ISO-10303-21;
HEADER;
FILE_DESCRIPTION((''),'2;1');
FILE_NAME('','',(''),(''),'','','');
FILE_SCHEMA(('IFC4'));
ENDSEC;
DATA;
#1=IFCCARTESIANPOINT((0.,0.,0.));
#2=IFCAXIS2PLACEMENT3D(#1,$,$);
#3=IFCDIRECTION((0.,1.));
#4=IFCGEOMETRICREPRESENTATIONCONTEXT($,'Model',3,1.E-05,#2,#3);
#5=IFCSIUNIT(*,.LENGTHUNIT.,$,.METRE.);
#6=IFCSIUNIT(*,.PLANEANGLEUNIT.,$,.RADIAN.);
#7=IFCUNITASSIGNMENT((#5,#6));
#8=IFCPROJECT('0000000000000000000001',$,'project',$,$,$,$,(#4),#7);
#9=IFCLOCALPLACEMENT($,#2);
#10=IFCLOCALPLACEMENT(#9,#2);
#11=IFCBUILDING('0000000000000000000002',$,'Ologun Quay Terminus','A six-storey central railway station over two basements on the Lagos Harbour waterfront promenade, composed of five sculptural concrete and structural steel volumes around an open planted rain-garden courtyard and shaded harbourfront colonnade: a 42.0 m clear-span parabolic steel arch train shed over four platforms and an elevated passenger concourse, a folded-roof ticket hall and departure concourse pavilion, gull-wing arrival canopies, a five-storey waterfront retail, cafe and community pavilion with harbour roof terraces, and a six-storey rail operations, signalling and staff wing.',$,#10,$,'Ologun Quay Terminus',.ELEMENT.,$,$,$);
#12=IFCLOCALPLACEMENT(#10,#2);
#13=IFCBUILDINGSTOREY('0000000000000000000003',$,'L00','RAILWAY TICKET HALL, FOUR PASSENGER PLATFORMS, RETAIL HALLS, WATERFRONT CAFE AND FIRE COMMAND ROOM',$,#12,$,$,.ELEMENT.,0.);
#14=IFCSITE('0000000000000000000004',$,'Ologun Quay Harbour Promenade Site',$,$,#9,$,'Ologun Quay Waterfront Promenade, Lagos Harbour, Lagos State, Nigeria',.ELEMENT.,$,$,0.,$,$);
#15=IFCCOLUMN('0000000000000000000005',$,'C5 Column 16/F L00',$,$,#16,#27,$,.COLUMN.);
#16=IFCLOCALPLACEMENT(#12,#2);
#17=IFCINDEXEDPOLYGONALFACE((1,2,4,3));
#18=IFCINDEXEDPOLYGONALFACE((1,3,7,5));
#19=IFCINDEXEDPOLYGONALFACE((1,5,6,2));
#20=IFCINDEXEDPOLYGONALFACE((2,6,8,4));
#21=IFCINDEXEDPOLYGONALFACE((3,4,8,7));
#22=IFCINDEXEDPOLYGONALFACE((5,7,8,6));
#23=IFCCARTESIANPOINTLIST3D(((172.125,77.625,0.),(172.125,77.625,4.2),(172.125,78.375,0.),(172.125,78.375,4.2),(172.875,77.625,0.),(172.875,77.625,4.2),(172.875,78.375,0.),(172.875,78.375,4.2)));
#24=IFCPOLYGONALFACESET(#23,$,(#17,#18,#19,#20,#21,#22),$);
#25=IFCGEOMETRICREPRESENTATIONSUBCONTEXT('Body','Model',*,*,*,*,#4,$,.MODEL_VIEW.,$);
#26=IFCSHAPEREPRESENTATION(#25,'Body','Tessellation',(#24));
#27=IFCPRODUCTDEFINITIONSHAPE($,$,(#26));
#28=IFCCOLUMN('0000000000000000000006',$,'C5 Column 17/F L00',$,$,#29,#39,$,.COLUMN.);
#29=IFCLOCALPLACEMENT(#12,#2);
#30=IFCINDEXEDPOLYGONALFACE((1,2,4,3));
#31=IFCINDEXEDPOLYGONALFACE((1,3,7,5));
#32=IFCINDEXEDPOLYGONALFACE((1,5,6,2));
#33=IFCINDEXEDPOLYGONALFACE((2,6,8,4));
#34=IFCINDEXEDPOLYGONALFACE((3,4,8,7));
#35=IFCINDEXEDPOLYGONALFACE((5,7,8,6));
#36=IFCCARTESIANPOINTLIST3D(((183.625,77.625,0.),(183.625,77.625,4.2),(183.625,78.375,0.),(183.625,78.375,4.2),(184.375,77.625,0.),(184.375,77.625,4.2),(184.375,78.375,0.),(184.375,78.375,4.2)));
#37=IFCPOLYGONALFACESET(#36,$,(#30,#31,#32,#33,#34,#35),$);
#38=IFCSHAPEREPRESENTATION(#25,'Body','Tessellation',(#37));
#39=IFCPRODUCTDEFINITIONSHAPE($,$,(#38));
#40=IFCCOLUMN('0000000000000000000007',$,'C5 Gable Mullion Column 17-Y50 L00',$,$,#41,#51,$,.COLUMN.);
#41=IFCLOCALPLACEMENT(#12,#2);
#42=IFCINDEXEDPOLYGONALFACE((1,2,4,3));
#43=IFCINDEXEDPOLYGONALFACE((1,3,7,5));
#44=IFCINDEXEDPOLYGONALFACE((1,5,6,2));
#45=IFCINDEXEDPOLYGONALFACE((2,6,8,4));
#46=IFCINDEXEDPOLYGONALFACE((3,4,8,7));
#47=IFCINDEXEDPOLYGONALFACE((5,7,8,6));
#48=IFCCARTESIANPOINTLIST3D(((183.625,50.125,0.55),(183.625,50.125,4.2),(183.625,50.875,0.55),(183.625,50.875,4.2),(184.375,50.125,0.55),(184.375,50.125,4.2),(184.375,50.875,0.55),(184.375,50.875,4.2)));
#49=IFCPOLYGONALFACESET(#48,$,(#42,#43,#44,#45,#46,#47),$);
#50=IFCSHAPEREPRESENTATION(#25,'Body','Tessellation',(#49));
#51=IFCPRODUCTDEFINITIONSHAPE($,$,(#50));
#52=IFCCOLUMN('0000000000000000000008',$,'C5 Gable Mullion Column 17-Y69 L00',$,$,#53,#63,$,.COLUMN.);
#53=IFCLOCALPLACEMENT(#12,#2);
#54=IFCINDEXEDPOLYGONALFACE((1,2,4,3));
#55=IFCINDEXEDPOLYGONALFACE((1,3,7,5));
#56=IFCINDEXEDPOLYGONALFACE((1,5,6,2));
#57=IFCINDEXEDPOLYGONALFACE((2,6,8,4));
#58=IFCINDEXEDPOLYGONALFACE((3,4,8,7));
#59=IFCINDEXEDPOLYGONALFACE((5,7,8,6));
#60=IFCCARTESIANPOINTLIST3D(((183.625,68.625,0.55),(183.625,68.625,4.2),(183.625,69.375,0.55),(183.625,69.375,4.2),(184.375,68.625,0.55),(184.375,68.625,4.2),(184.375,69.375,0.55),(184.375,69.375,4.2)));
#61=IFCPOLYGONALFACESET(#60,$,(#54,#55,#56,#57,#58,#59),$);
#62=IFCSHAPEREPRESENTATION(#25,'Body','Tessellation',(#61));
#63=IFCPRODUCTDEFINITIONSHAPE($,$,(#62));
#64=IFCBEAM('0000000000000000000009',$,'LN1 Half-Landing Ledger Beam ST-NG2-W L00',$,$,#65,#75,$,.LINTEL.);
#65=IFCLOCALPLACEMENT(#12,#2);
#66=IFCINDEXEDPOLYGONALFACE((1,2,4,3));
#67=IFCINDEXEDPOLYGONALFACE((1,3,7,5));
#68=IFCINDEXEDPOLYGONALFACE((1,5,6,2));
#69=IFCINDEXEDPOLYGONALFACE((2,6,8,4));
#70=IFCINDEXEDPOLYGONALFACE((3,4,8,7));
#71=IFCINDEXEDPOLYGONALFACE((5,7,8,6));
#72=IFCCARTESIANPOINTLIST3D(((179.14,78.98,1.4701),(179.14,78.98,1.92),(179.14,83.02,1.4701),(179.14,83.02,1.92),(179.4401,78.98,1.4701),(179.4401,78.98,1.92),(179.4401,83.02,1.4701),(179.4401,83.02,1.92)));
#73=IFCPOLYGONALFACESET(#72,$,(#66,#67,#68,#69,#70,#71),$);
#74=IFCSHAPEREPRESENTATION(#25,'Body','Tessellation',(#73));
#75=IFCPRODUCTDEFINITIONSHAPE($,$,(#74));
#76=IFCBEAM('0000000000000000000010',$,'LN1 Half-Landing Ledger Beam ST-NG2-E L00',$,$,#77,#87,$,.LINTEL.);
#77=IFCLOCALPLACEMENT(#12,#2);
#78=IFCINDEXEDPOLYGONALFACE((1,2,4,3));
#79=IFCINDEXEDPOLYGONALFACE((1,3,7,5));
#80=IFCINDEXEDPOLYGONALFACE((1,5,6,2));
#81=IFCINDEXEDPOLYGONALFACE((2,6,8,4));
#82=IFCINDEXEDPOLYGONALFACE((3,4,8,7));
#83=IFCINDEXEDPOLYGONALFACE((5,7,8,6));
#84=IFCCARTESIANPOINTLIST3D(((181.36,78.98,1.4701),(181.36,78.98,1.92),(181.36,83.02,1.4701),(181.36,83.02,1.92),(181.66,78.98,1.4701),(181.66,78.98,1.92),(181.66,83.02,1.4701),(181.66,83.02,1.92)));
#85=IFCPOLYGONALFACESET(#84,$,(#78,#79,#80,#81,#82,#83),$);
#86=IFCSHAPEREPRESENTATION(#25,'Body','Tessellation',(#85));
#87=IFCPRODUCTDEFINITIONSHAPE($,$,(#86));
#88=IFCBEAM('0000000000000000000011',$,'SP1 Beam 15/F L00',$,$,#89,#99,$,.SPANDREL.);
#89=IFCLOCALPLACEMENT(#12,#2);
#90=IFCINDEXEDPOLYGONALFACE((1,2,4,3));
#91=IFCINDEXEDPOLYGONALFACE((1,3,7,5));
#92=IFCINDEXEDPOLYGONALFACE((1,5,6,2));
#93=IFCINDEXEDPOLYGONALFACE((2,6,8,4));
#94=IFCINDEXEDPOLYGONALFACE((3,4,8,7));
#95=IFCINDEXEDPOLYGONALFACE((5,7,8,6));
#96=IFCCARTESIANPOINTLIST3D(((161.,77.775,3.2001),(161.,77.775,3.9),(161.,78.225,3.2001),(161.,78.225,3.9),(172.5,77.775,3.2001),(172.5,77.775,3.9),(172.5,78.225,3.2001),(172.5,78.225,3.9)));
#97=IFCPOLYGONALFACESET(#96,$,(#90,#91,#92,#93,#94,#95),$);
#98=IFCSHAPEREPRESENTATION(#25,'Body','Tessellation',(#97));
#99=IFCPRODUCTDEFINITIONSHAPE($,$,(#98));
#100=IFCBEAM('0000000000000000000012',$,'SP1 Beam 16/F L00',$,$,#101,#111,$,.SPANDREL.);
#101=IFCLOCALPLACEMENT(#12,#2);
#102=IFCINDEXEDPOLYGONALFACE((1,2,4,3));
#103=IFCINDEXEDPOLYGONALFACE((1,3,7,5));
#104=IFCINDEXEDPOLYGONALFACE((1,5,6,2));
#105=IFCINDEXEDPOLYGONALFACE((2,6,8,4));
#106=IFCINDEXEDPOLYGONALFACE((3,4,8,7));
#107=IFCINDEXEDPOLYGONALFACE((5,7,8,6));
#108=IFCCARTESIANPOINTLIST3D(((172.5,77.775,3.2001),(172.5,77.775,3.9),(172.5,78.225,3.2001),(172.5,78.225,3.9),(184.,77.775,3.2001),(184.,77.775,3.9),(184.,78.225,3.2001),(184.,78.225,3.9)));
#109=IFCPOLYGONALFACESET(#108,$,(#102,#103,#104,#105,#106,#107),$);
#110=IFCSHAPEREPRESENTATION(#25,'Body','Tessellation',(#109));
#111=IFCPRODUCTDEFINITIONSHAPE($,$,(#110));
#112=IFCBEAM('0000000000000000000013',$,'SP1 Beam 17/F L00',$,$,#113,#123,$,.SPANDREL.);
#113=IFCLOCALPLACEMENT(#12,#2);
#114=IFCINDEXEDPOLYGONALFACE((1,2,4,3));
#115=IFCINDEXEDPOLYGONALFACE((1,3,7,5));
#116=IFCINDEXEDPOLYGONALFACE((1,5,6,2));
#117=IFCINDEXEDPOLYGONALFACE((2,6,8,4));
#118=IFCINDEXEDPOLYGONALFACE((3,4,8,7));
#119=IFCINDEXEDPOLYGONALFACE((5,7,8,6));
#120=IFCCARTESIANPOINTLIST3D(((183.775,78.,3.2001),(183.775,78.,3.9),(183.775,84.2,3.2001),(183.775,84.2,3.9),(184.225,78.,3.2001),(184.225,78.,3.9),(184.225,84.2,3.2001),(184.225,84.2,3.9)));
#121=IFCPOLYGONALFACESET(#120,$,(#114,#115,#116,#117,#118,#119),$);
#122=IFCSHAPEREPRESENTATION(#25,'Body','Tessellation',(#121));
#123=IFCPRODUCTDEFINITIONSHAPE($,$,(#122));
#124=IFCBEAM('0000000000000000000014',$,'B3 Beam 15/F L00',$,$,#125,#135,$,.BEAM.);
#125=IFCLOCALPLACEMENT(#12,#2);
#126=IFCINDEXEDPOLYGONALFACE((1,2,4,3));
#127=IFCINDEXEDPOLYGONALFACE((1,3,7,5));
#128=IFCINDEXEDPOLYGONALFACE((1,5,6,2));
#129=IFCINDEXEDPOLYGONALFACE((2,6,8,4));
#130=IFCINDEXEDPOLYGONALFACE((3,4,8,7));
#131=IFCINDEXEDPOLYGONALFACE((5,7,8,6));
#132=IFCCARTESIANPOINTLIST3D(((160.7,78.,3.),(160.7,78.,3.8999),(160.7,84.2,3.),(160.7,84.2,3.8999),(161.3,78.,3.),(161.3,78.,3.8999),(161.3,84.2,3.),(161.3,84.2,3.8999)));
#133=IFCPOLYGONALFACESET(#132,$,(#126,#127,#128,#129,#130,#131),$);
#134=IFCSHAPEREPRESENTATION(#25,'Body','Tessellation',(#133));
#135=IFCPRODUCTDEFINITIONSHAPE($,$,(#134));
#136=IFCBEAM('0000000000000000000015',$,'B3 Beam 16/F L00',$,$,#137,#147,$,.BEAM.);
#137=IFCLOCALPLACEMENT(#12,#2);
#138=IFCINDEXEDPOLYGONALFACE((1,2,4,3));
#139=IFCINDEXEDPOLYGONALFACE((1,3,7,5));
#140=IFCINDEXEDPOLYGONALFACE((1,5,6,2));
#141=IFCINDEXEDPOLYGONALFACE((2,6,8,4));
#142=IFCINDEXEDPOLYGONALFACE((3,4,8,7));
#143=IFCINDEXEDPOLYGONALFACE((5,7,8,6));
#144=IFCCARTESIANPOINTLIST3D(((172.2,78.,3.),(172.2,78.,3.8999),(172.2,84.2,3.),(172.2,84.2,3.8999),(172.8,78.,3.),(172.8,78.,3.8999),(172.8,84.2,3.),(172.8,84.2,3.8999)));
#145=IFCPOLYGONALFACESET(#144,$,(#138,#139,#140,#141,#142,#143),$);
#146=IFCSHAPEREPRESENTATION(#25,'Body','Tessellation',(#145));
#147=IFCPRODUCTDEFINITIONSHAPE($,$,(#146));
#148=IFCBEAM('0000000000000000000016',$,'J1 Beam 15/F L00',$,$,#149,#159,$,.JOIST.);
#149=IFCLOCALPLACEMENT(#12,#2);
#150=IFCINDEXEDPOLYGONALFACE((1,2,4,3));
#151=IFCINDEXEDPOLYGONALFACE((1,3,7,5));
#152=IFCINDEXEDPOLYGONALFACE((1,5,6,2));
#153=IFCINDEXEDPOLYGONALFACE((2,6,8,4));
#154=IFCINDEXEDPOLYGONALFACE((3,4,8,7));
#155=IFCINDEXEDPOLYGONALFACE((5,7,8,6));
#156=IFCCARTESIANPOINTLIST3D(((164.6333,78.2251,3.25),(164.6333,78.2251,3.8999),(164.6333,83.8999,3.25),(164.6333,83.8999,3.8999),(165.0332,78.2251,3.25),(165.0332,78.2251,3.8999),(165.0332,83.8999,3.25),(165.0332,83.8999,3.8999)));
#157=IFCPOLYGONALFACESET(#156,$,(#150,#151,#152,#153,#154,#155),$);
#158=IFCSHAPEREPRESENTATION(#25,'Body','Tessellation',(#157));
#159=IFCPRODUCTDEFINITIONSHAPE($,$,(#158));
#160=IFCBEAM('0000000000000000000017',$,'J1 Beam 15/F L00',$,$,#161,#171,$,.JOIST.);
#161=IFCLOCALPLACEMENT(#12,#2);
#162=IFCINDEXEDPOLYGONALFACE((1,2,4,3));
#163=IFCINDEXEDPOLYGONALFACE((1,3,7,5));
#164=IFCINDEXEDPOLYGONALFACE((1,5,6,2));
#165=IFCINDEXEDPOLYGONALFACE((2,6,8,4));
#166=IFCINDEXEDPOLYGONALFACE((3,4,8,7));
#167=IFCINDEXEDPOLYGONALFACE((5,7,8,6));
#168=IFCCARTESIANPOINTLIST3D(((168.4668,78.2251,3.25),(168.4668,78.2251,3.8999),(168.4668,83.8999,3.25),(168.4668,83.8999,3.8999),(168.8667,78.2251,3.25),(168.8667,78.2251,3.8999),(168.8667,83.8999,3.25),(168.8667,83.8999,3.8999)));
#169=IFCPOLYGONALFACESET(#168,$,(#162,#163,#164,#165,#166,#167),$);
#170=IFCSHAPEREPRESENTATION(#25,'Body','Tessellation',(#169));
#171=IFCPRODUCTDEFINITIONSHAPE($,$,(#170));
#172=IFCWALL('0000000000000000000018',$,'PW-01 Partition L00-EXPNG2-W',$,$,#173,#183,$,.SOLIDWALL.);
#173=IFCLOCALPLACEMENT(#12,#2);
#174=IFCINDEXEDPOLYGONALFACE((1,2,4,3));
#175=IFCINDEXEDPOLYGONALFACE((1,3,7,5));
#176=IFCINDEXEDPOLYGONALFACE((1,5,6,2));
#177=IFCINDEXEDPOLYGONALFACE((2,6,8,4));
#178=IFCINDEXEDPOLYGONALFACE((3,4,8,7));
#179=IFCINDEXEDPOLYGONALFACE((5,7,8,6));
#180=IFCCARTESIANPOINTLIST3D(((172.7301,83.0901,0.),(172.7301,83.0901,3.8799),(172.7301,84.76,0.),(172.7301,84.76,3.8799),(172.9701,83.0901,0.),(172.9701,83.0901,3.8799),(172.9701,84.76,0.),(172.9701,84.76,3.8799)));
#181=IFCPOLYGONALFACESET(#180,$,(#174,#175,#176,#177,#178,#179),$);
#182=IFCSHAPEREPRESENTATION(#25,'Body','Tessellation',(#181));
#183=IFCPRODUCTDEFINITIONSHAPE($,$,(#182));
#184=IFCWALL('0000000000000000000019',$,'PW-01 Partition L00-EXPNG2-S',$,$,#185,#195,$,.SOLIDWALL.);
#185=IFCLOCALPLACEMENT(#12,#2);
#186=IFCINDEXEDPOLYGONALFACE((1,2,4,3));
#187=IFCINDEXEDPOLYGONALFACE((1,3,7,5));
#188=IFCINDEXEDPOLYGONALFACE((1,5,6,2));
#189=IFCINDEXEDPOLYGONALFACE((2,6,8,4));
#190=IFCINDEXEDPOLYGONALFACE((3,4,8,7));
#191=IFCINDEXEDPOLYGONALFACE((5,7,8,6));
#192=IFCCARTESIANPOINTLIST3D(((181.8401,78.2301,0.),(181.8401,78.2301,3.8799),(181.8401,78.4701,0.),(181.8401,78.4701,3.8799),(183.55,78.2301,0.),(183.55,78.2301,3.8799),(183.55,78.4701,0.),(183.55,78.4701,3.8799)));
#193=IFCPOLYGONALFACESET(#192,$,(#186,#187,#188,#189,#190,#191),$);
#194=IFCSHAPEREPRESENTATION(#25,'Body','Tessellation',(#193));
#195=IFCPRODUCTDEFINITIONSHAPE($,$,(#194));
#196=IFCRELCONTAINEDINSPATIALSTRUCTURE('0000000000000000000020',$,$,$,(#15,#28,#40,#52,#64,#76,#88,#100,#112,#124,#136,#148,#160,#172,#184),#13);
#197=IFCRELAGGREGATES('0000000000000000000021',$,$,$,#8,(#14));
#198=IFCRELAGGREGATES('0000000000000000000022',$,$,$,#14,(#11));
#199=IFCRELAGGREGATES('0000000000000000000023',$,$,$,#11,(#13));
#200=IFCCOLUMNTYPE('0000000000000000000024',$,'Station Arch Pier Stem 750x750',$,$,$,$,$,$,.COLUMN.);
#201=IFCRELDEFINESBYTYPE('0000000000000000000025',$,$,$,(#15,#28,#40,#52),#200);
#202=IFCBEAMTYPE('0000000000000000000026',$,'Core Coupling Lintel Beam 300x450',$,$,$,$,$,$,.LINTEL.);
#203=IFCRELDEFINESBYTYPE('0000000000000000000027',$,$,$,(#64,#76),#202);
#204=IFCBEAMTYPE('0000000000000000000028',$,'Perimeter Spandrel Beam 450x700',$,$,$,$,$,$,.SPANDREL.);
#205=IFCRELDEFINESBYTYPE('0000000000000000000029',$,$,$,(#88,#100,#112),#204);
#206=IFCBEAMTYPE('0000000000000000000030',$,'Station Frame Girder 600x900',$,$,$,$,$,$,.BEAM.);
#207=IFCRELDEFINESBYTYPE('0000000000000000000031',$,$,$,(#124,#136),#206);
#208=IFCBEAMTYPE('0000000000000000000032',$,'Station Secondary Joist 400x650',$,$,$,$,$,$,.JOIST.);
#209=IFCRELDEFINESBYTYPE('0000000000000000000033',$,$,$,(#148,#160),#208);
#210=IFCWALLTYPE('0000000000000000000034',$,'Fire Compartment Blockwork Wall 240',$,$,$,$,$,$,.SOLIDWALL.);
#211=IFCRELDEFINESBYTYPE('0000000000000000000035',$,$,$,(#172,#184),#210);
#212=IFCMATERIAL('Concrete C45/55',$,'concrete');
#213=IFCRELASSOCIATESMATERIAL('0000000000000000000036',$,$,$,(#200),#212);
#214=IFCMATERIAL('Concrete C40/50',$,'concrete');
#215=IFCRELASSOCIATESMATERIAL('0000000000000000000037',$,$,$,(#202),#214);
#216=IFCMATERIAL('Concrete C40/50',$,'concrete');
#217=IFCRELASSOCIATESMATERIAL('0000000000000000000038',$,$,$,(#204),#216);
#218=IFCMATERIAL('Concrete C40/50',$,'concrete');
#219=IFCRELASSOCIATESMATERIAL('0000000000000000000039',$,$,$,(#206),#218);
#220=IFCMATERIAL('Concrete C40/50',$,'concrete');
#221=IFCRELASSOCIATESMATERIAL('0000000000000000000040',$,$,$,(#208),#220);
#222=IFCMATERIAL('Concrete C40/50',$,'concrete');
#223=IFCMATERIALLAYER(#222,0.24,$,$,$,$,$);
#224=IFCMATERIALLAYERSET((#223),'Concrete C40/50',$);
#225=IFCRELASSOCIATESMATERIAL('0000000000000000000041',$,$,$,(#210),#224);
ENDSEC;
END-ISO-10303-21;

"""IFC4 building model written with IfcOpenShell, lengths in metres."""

from ifc_helpers import new_model, si_unit, direction, frame, frame_2d, origin, origin_2d, place, context, subcontext, project, spatial, rectangle, extrude, material, layer, layer_set, material_profile, profile_set, type_object, element, save


model = new_model("IFC4")

# Units and contexts
model_context = context("Model", 3, precision=1e-05, world=origin(), true_north=direction((0.0, 1.0)))
body_context = subcontext(model_context, "Body", "Model", "MODEL_VIEW")
ifc_project = project(units=[si_unit("LENGTHUNIT", "METRE"), si_unit("PLANEANGLEUNIT", "RADIAN")], contexts=[model_context])

# Site, building, storey
site_placement = place(None, origin())
site = spatial("IfcSite", under=ifc_project, at=site_placement, Name="Ologun Quay Harbour Promenade Site", LongName="Ologun Quay Waterfront Promenade, Lagos Harbour, Lagos State, Nigeria", CompositionType="ELEMENT", RefElevation=0.0)
building_placement = place(site_placement, origin())
building = spatial("IfcBuilding", under=site, at=building_placement, Name="Ologun Quay Terminus", Description="A six-storey central railway station over two basements on the Lagos Harbour waterfront promenade, composed of five sculptural concrete and structural steel volumes around an open planted rain-garden courtyard and shaded harbourfront colonnade: a 42.0 m clear-span parabolic steel arch train shed over four platforms and an elevated passenger concourse, a folded-roof ticket hall and departure concourse pavilion, gull-wing arrival canopies, a five-storey waterfront retail, cafe and community pavilion with harbour roof terraces, and a six-storey rail operations, signalling and staff wing.", LongName="Ologun Quay Terminus", CompositionType="ELEMENT")
storey_placement = place(building_placement, origin())
storey = spatial("IfcBuildingStorey", under=building, at=storey_placement, Name="L00", Description="RAILWAY TICKET HALL, FOUR PASSENGER PLATFORMS, RETAIL HALLS, WATERFRONT CAFE AND FIRE COMMAND ROOM", CompositionType="ELEMENT", Elevation=0.0)

# Columns
ifc_material_1 = material(Name="Concrete C45/55", Category="concrete")
ifc_material_profile_1 = material_profile(ifc_material_1, rectangle(XDim=0.75, YDim=0.75, at=origin_2d()), Name="RC 750x750")
ifc_profile_set_1 = profile_set([ifc_material_profile_1], Name="Concrete C45/55")
column_type = type_object("IfcColumnType", Name="Station Arch Pier Stem 750x750", PredefinedType="COLUMN", material=ifc_profile_set_1)
for number, where, z_axis, x_axis, name in (
    (1, (172.5, 78.0, 0.0), (0.0, 0.0, 1.0), (1.0, 0.0, 0.0), "C5 Column 16/F L00"),
    (2, (184.0, 78.0, 0.0), (0.0, 0.0, 1.0), (1.0, 0.0, 0.0), "C5 Column 17/F L00"),
):
    element("IfcColumn", number, at=place(storey_placement, frame(where, z_axis=z_axis, x_axis=x_axis)), inside=storey, type_object=column_type, Name=name, PredefinedType="COLUMN", context=body_context, shape_type="SweptSolid", body=[
        extrude(rectangle(XDim=0.75, YDim=0.75, at=origin_2d()), origin(), (0.0, 0.0, 1.0), 4.2),
    ])
for number, where, z_axis, x_axis, name in (
    (3, (184.0, 50.5, 0.55), (0.0, 0.0, 1.0), (1.0, 0.0, 0.0), "C5 Gable Mullion Column 17-Y50 L00"),
    (4, (184.0, 69.0, 0.55), (0.0, 0.0, 1.0), (1.0, 0.0, 0.0), "C5 Gable Mullion Column 17-Y69 L00"),
):
    element("IfcColumn", number, at=place(storey_placement, frame(where, z_axis=z_axis, x_axis=x_axis)), inside=storey, type_object=column_type, Name=name, PredefinedType="COLUMN", context=body_context, shape_type="SweptSolid", body=[
        extrude(rectangle(XDim=0.75, YDim=0.75, at=origin_2d()), origin(), (0.0, 0.0, 1.0), 3.6499),
    ])

# Beams
ifc_material_2 = material(Name="Concrete C40/50", Category="concrete")
ifc_material_profile_2 = material_profile(ifc_material_2, rectangle(XDim=0.3, YDim=0.45, at=origin_2d()), Name="RC 300x450")
ifc_profile_set_2 = profile_set([ifc_material_profile_2], Name="Concrete C40/50")
beam_type_1 = type_object("IfcBeamType", Name="Core Coupling Lintel Beam 300x450", PredefinedType="LINTEL", material=ifc_profile_set_2)
for number, where, z_axis, x_axis, name in (
    (5, (179.29, 78.98, 1.6951), (0.0, 1.0, 0.0), (-1.0, 0.0, 0.0), "LN1 Half-Landing Ledger Beam ST-NG2-W L00"),
    (6, (181.51, 78.98, 1.6951), (0.0, 1.0, 0.0), (-1.0, 0.0, 0.0), "LN1 Half-Landing Ledger Beam ST-NG2-E L00"),
):
    element("IfcBeam", number, at=place(storey_placement, frame(where, z_axis=z_axis, x_axis=x_axis)), inside=storey, type_object=beam_type_1, Name=name, PredefinedType="LINTEL", context=body_context, shape_type="SweptSolid", body=[
        extrude(rectangle(XDim=0.3, YDim=0.45, at=origin_2d()), origin(), (0.0, 0.0, 1.0), 4.04),
    ])
ifc_material_3 = material(Name="Concrete C40/50", Category="concrete")
ifc_material_profile_3 = material_profile(ifc_material_3, rectangle(XDim=0.45, YDim=0.7, at=origin_2d()), Name="RC 450x700")
ifc_profile_set_3 = profile_set([ifc_material_profile_3], Name="Concrete C40/50")
beam_type_2 = type_object("IfcBeamType", Name="Perimeter Spandrel Beam 450x700", PredefinedType="SPANDREL", material=ifc_profile_set_3)
for number, where, z_axis, x_axis, name in (
    (7, (161.0, 78.0, 3.55), (1.0, 0.0, 0.0), (0.0, 1.0, 0.0), "SP1 Beam 15/F L00"),
    (8, (172.5, 78.0, 3.55), (1.0, 0.0, 0.0), (0.0, 1.0, 0.0), "SP1 Beam 16/F L00"),
):
    element("IfcBeam", number, at=place(storey_placement, frame(where, z_axis=z_axis, x_axis=x_axis)), inside=storey, type_object=beam_type_2, Name=name, PredefinedType="SPANDREL", context=body_context, shape_type="SweptSolid", body=[
        extrude(rectangle(XDim=0.45, YDim=0.7, at=origin_2d()), origin(), (0.0, 0.0, 1.0), 11.5),
    ])
beam_placement = place(storey_placement, frame((184.0, 78.0, 3.55), z_axis=(0.0, 1.0, 0.0), x_axis=(-1.0, 0.0, 0.0)))
element("IfcBeam", 9, at=beam_placement, inside=storey, type_object=beam_type_2, Name="SP1 Beam 17/F L00", PredefinedType="SPANDREL", context=body_context, shape_type="SweptSolid", body=[
    extrude(rectangle(XDim=0.45, YDim=0.7, at=origin_2d()), origin(), (0.0, 0.0, 1.0), 6.2),
])
ifc_material_4 = material(Name="Concrete C40/50", Category="concrete")
ifc_material_profile_4 = material_profile(ifc_material_4, rectangle(XDim=0.6001, YDim=0.8999, at=origin_2d()), Name="RC 600x900")
ifc_profile_set_4 = profile_set([ifc_material_profile_4], Name="Concrete C40/50")
beam_type_3 = type_object("IfcBeamType", Name="Station Frame Girder 600x900", PredefinedType="BEAM", material=ifc_profile_set_4)
for number, where, z_axis, x_axis, name in (
    (10, (161.0, 78.0, 3.45), (0.0, 1.0, 0.0), (-1.0, 0.0, 0.0), "B3 Beam 15/F L00"),
    (11, (172.5, 78.0, 3.45), (0.0, 1.0, 0.0), (-1.0, 0.0, 0.0), "B3 Beam 16/F L00"),
):
    element("IfcBeam", number, at=place(storey_placement, frame(where, z_axis=z_axis, x_axis=x_axis)), inside=storey, type_object=beam_type_3, Name=name, PredefinedType="BEAM", context=body_context, shape_type="SweptSolid", body=[
        extrude(rectangle(XDim=0.6001, YDim=0.8999, at=origin_2d()), origin(), (0.0, 0.0, 1.0), 6.2),
    ])
ifc_material_5 = material(Name="Concrete C40/50", Category="concrete")
ifc_material_profile_5 = material_profile(ifc_material_5, rectangle(XDim=0.3999, YDim=0.6499, at=origin_2d()), Name="RC 400x650")
ifc_profile_set_5 = profile_set([ifc_material_profile_5], Name="Concrete C40/50")
beam_type_4 = type_object("IfcBeamType", Name="Station Secondary Joist 400x650", PredefinedType="JOIST", material=ifc_profile_set_5)
for number, where, z_axis, x_axis, name in (
    (12, (164.8333, 78.2251, 3.575), (0.0, 1.0, 0.0), (-1.0, 0.0, 0.0), "J1 Beam 15/F L00"),
    (13, (168.6667, 78.2251, 3.575), (0.0, 1.0, 0.0), (-1.0, 0.0, 0.0), "J1 Beam 15/F L00"),
):
    element("IfcBeam", number, at=place(storey_placement, frame(where, z_axis=z_axis, x_axis=x_axis)), inside=storey, type_object=beam_type_4, Name=name, PredefinedType="JOIST", context=body_context, shape_type="SweptSolid", body=[
        extrude(rectangle(XDim=0.3999, YDim=0.6499, at=origin_2d()), origin(), (0.0, 0.0, 1.0), 5.6748),
    ])

# Shared definitions
ifc_material_6 = material(Name="Concrete C40/50", Category="concrete")
ifc_layer_1 = layer(ifc_material_6, 0.24)
ifc_layer_set_1 = layer_set([ifc_layer_1], Name="Concrete C40/50")
wall_type_1 = type_object("IfcWallType", Name="Fire Compartment Blockwork Wall 240", PredefinedType="SOLIDWALL", material=ifc_layer_set_1)

# Walls
wall_1_placement = place(storey_placement, frame((172.8501, 83.0901, 0.0), z_axis=(0.0, 0.0, 1.0), x_axis=(0.0, 1.0, 0.0)))
element("IfcWall", 14, at=wall_1_placement, inside=storey, type_object=wall_type_1, Name="PW-01 Partition L00-EXPNG2-W", PredefinedType="SOLIDWALL", context=body_context, shape_type="SweptSolid", body=[
    extrude(rectangle(XDim=1.6699, YDim=0.24, at=frame_2d((0.835, 0.0))), origin(), (0.0, 0.0, 1.0), 3.8799),
])
wall_2_placement = place(storey_placement, frame((181.8401, 78.3501, 0.0), z_axis=(0.0, 0.0, 1.0), x_axis=(1.0, 0.0, 0.0)))
element("IfcWall", 15, at=wall_2_placement, inside=storey, type_object=wall_type_1, Name="PW-01 Partition L00-EXPNG2-S", PredefinedType="SOLIDWALL", context=body_context, shape_type="SweptSolid", body=[
    extrude(rectangle(XDim=1.71, YDim=0.24, at=frame_2d((0.855, 0.0))), origin(), (0.0, 0.0, 1.0), 3.8799),
])

save(model, "model.ifc")
